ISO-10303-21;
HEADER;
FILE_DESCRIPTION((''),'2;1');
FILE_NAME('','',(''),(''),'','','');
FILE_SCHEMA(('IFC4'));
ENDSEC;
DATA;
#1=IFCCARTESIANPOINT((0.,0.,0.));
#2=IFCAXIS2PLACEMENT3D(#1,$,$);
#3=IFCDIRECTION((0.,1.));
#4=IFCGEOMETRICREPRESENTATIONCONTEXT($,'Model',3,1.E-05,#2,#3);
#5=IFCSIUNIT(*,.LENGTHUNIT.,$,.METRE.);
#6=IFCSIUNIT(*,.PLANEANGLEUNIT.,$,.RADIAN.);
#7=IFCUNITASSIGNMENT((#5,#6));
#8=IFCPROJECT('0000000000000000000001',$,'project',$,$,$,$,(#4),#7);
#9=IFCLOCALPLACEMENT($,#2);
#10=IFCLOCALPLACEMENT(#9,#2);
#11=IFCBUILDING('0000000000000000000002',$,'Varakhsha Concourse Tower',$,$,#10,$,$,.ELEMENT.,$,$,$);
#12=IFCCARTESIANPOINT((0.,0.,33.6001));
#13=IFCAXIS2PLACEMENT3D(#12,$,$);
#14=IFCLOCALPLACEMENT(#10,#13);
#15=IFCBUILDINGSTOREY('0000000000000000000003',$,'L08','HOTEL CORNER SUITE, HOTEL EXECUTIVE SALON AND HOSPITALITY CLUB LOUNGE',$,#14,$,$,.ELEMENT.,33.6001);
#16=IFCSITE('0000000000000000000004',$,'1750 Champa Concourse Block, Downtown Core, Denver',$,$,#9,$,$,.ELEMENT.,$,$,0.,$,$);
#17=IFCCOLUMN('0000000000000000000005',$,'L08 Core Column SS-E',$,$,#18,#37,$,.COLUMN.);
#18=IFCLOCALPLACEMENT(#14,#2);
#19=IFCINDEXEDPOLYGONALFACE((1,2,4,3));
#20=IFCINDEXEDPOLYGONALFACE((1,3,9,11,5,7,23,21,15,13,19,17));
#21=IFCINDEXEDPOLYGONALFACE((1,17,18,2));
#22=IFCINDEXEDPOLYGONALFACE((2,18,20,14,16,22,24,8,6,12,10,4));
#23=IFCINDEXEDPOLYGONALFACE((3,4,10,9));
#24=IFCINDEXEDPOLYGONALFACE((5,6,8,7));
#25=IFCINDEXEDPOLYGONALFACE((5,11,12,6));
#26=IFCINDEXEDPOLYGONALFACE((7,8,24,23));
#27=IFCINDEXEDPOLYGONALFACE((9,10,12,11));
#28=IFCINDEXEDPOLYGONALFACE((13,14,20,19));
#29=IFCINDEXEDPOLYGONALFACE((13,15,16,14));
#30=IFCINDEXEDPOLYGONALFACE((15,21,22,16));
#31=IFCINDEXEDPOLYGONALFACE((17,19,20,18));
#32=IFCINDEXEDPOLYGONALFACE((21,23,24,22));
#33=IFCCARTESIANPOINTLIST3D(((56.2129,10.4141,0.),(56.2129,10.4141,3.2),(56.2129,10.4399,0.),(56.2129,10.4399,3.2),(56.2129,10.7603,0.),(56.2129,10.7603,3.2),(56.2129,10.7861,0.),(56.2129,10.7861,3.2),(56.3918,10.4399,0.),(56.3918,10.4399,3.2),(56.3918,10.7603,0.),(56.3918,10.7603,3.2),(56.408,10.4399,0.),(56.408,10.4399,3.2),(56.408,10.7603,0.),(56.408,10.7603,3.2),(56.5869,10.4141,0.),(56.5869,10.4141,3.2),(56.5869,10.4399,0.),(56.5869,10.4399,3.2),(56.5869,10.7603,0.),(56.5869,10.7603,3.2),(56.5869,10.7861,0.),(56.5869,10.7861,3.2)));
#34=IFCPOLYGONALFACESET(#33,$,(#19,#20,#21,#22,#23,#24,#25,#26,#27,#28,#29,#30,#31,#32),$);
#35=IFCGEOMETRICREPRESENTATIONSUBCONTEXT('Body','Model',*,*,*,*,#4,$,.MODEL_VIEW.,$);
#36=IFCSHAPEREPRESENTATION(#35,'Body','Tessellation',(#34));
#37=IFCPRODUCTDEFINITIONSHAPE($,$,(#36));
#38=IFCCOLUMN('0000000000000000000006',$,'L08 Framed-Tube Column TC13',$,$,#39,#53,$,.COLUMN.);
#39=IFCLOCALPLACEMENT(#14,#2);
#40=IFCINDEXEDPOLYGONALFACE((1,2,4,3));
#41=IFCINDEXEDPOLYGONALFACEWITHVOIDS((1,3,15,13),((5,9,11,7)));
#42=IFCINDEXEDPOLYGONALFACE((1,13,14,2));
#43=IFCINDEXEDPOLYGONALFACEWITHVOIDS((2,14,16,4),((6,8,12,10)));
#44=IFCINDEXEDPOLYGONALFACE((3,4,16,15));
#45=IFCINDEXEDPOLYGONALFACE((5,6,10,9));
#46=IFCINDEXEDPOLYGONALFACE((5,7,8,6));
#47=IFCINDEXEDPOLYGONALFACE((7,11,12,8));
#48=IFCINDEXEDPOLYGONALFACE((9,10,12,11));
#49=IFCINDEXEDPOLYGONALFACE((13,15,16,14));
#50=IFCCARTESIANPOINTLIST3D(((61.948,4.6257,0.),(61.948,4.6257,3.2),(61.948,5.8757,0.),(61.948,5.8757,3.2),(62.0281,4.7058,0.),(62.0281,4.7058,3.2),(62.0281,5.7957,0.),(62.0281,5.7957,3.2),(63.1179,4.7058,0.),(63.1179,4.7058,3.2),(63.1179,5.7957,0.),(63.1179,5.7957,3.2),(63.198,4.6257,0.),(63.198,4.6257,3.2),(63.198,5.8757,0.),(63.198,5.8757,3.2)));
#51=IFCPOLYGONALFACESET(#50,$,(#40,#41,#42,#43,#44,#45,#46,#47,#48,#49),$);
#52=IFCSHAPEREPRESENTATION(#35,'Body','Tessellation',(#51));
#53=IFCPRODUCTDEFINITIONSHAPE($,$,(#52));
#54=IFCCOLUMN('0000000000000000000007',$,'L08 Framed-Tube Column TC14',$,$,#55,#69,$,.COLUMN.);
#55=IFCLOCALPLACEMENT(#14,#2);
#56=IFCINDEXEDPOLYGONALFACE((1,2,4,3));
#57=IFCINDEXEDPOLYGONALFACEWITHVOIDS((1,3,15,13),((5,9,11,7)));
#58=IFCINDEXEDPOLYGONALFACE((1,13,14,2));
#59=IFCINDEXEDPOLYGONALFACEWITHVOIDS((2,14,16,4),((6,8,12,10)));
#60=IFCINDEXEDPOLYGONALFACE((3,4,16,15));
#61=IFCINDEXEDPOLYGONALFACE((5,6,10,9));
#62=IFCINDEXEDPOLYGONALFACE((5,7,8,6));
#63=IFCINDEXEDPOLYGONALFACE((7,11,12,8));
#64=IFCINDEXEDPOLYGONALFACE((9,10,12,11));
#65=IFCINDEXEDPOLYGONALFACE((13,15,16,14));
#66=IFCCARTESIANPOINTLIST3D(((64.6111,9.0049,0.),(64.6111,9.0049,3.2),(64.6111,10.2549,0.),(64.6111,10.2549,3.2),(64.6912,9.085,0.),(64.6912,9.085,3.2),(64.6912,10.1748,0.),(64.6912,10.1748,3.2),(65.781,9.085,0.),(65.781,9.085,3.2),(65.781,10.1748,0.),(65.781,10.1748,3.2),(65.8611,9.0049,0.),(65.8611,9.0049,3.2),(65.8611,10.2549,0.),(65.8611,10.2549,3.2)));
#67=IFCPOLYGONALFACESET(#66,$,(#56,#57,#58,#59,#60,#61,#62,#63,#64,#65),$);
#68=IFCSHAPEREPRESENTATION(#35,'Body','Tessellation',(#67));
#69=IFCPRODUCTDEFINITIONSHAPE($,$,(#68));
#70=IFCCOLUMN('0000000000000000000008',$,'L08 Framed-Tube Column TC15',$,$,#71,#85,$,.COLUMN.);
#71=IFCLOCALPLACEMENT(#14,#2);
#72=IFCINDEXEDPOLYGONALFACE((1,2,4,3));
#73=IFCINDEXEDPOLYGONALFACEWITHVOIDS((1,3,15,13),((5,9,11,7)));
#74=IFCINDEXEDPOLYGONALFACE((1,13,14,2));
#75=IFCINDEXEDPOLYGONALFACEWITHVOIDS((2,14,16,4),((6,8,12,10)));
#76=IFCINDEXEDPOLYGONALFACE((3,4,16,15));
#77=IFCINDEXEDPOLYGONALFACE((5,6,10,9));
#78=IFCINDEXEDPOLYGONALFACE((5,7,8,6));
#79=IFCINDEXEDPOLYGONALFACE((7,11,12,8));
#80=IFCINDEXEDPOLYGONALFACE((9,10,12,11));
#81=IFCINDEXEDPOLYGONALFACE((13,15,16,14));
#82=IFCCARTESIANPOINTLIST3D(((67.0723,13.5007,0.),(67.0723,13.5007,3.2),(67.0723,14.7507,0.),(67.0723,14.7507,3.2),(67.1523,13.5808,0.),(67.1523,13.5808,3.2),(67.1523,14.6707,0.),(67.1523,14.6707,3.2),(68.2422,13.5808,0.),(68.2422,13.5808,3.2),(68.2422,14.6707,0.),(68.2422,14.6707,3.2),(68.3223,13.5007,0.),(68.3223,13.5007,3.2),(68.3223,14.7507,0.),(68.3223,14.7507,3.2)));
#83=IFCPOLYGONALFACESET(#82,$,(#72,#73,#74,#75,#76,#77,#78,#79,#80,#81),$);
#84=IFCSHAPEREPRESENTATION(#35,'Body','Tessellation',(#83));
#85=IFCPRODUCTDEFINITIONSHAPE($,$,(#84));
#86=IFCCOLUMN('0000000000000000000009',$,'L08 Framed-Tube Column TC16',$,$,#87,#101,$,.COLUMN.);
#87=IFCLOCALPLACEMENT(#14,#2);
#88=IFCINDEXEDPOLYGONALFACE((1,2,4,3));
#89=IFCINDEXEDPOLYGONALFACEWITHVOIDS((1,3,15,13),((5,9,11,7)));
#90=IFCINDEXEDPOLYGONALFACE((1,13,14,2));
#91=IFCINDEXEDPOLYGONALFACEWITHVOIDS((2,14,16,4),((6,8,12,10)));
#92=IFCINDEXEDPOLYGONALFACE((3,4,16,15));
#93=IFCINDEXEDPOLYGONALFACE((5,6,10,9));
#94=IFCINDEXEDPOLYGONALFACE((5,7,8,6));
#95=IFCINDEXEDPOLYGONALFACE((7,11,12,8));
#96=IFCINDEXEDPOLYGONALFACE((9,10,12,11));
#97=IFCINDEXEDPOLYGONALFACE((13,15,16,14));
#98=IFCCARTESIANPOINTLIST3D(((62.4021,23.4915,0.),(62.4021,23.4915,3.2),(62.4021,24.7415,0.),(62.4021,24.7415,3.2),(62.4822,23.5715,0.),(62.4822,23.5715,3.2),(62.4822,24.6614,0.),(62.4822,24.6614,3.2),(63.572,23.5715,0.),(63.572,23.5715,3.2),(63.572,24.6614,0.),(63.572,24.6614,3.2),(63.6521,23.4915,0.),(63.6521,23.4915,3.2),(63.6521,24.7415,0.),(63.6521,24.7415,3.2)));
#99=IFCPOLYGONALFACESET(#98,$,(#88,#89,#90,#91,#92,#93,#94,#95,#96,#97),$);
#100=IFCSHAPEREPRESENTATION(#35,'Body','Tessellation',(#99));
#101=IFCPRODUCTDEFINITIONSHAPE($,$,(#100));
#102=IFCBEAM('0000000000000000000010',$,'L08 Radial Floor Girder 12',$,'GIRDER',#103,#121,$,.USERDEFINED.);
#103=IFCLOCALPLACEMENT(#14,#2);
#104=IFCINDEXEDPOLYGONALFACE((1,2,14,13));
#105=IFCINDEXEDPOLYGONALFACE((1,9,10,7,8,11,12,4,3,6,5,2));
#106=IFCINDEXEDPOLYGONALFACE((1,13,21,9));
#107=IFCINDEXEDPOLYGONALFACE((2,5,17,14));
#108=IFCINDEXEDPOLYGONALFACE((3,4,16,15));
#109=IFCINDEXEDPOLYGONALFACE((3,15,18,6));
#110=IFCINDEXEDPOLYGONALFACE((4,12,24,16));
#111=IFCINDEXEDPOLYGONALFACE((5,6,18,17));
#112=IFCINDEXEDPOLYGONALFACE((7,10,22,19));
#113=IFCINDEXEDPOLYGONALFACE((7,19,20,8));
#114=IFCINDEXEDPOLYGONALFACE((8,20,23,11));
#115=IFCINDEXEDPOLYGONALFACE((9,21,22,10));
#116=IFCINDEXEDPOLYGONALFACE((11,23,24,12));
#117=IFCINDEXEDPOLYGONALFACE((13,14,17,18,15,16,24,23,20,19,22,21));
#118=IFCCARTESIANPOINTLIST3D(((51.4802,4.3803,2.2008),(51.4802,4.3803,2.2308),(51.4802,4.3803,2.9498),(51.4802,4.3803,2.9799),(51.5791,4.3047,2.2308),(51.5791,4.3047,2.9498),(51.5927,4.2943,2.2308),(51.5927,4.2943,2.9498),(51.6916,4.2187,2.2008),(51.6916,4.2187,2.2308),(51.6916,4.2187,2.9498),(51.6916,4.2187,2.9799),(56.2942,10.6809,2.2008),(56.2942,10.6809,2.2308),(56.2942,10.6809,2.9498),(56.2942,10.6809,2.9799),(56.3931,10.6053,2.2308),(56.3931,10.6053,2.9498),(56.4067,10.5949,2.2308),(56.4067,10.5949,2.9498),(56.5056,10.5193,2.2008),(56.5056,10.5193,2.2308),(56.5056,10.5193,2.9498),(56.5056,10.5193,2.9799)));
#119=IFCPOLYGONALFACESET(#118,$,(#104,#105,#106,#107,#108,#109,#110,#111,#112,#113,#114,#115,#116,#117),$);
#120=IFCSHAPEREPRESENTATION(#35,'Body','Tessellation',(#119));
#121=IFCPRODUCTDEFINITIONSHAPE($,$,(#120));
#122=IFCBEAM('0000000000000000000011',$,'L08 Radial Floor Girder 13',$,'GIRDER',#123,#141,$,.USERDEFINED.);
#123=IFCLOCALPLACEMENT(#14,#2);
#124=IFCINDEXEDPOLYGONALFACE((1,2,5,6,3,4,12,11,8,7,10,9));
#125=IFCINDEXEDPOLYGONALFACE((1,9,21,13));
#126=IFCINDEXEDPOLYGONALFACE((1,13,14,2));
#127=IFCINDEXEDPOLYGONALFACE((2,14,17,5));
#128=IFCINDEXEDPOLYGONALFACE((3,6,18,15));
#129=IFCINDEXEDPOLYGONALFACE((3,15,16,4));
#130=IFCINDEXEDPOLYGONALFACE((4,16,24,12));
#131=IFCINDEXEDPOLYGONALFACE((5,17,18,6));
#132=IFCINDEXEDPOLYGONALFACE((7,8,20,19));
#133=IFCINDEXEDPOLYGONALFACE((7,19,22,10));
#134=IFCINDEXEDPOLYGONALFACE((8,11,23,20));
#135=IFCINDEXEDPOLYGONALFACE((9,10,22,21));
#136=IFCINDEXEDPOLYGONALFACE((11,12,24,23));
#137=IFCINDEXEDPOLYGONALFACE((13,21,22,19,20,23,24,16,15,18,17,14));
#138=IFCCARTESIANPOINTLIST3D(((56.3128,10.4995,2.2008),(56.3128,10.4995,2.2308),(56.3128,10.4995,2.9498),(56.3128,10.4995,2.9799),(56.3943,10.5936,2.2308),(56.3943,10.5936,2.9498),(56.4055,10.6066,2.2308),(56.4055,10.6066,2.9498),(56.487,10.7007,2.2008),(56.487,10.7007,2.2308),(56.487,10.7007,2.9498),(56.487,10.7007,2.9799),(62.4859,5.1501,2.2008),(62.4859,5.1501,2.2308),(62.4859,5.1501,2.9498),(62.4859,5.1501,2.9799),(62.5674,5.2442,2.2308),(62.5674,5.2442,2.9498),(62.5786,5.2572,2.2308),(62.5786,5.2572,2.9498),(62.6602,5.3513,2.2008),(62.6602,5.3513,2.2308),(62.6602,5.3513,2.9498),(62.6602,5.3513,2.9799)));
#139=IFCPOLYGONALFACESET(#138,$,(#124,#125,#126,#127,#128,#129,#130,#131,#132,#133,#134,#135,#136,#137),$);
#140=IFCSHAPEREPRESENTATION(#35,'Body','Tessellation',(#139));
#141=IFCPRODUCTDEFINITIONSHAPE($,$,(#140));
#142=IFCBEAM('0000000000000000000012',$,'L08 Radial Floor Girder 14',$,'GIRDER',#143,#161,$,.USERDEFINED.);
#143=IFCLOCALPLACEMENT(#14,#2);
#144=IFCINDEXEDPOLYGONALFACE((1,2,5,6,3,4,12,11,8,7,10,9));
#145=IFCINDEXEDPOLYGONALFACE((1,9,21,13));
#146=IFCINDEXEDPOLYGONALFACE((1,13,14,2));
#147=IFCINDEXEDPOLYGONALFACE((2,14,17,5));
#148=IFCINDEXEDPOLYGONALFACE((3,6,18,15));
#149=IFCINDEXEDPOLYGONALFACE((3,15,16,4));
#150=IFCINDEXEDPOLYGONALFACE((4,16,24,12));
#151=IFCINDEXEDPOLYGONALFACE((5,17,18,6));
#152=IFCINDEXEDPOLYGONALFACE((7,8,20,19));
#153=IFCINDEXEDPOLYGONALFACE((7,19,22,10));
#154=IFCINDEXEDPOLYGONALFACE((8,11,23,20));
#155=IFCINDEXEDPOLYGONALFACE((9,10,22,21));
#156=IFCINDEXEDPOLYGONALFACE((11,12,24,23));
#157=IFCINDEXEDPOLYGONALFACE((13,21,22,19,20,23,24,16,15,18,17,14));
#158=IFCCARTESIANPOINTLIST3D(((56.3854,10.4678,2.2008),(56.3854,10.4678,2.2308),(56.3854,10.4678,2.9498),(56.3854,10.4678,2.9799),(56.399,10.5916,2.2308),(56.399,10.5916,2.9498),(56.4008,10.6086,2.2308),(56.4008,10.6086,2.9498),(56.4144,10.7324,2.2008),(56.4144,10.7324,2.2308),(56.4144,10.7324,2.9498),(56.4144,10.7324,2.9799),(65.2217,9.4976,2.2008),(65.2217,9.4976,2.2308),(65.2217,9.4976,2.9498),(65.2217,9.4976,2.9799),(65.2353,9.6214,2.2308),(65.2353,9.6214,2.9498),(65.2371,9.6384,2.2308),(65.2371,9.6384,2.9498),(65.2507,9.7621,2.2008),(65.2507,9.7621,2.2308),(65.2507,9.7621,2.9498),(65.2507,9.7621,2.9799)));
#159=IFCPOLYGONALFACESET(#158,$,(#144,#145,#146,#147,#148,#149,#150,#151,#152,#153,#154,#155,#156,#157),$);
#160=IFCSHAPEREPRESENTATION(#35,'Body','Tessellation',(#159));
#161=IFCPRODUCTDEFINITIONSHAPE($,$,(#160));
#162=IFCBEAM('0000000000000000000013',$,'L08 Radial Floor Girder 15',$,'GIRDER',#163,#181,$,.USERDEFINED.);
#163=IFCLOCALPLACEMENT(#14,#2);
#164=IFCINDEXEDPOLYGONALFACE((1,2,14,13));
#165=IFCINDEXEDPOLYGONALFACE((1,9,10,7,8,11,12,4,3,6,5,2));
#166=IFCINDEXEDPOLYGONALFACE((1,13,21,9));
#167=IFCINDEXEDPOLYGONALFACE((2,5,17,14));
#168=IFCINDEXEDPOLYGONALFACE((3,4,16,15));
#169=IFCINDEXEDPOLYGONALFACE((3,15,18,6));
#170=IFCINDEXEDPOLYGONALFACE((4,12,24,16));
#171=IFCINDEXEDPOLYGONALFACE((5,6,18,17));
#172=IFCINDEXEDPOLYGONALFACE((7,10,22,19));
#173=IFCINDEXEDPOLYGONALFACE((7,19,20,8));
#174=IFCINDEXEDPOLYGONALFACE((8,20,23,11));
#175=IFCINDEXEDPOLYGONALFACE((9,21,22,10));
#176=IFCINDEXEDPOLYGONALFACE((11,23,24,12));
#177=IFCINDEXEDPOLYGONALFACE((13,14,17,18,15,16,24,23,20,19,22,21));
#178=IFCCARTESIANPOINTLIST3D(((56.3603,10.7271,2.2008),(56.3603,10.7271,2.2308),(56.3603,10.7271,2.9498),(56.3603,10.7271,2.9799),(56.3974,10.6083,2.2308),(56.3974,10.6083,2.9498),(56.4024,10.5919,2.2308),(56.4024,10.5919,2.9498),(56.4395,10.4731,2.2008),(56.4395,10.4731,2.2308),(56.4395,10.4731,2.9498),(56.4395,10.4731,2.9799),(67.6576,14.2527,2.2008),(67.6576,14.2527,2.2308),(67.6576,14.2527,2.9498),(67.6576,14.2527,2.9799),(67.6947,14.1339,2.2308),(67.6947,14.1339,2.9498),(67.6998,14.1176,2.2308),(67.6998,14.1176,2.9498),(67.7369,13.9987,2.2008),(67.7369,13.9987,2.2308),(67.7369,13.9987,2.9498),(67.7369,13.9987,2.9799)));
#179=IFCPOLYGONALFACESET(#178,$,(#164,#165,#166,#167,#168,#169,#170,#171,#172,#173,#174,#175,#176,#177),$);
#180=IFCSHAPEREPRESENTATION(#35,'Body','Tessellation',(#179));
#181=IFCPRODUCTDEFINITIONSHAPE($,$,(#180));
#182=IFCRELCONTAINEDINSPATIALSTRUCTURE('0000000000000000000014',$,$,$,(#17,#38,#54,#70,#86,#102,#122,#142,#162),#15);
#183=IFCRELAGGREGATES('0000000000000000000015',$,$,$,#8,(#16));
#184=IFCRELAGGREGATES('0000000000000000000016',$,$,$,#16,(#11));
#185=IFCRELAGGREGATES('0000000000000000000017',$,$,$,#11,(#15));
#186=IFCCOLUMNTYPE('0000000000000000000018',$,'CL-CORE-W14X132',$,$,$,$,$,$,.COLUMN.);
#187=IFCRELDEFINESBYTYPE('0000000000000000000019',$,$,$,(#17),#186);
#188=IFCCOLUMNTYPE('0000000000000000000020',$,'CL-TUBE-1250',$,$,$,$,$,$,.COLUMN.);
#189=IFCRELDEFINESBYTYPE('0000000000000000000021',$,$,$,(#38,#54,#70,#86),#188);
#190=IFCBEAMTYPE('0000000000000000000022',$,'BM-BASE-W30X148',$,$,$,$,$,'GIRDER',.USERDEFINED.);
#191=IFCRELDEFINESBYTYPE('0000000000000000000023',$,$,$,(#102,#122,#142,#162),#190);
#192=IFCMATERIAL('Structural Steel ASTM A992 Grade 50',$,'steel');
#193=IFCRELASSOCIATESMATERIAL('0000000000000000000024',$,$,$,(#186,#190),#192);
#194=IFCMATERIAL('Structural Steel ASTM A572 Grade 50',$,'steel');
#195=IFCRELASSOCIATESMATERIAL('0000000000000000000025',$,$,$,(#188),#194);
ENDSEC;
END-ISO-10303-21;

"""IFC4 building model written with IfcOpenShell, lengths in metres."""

from ifc_helpers import new_model, si_unit, direction, frame, origin, origin_2d, place, context, subcontext, project, spatial, hollow_rectangle, i_section, extrude, material, material_profile, profile_set, type_object, element, save


model = new_model("IFC4")

# Units and contexts
model_context = context("Model", 3, precision=1e-05, world=origin(), true_north=direction((0.0, 1.0)))
body_context = subcontext(model_context, "Body", "Model", "MODEL_VIEW")
ifc_project = project(units=[si_unit("LENGTHUNIT", "METRE"), si_unit("PLANEANGLEUNIT", "RADIAN")], contexts=[model_context])

# Site, building, storey
site_placement = place(None, origin())
site = spatial("IfcSite", under=ifc_project, at=site_placement, Name="1750 Champa Concourse Block, Downtown Core, Denver", CompositionType="ELEMENT", RefElevation=0.0)
building_placement = place(site_placement, origin())
building = spatial("IfcBuilding", under=site, at=building_placement, Name="Varakhsha Concourse Tower", CompositionType="ELEMENT")
storey_placement = place(building_placement, frame((0.0, 0.0, 33.6001)))
storey = spatial("IfcBuildingStorey", under=building, at=storey_placement, Name="L08", Description="HOTEL CORNER SUITE, HOTEL EXECUTIVE SALON AND HOSPITALITY CLUB LOUNGE", CompositionType="ELEMENT", Elevation=33.6001)

# Columns
ifc_material_1 = material(Name="Structural Steel ASTM A992 Grade 50", Category="steel")
ifc_material_profile_1 = material_profile(ifc_material_1, i_section(OverallWidth=0.374, OverallDepth=0.3721, WebThickness=0.0161, FlangeThickness=0.0259, at=origin_2d()), Name="W14X132")
ifc_profile_set_1 = profile_set([ifc_material_profile_1], Name="Structural Steel ASTM A992 Grade 50")
column_type_1 = type_object("IfcColumnType", Name="CL-CORE-W14X132", PredefinedType="COLUMN", material=ifc_profile_set_1)
column_placement = place(storey_placement, frame((56.3999, 10.6001, 0.0), z_axis=(0.0, 0.0, 1.0), x_axis=(1.0, 0.0, 0.0)))
element("IfcColumn", 1, at=column_placement, inside=storey, type_object=column_type_1, Name="L08 Core Column SS-E", PredefinedType="COLUMN", context=body_context, shape_type="SweptSolid", body=[
    extrude(i_section(OverallWidth=0.374, OverallDepth=0.3721, WebThickness=0.0161, FlangeThickness=0.0259, at=origin_2d()), origin(), (0.0, 0.0, 1.0), 3.2),
])
ifc_material_2 = material(Name="Structural Steel ASTM A572 Grade 50", Category="steel")
ifc_material_profile_2 = material_profile(ifc_material_2, hollow_rectangle(XDim=1.25, YDim=1.25, WallThickness=0.0801, at=origin_2d()), Name="BOX 1250x1250x80")
ifc_profile_set_2 = profile_set([ifc_material_profile_2], Name="Structural Steel ASTM A572 Grade 50")
column_type_2 = type_object("IfcColumnType", Name="CL-TUBE-1250", PredefinedType="COLUMN", material=ifc_profile_set_2)
for number, where, z_axis, x_axis, name in (
    (2, (62.573, 5.2507, 0.0), (0.0, 0.0, 1.0), (1.0, 0.0, 0.0), "L08 Framed-Tube Column TC13"),
    (3, (65.2361, 9.6299, 0.0), (0.0, 0.0, 1.0), (1.0, 0.0, 0.0), "L08 Framed-Tube Column TC14"),
    (4, (67.6973, 14.1257, 0.0), (0.0, 0.0, 1.0), (1.0, 0.0, 0.0), "L08 Framed-Tube Column TC15"),
    (5, (63.0271, 24.1165, 0.0), (0.0, 0.0, 1.0), (1.0, 0.0, 0.0), "L08 Framed-Tube Column TC16"),
):
    element("IfcColumn", number, at=place(storey_placement, frame(where, z_axis=z_axis, x_axis=x_axis)), inside=storey, type_object=column_type_2, Name=name, PredefinedType="COLUMN", context=body_context, shape_type="SweptSolid", body=[
        extrude(hollow_rectangle(XDim=1.25, YDim=1.25, WallThickness=0.0801, at=origin_2d()), origin(), (0.0, 0.0, 1.0), 3.2),
    ])

# Beams
ifc_material_profile_3 = material_profile(ifc_material_1, i_section(OverallWidth=0.2661, OverallDepth=0.7791, WebThickness=0.0171, FlangeThickness=0.03, at=origin_2d()), Name="W30X148")
ifc_profile_set_3 = profile_set([ifc_material_profile_3], Name="Structural Steel ASTM A992 Grade 50")
beam_type_1 = type_object("IfcBeamType", Name="BM-BASE-W30X148", ElementType="GIRDER", PredefinedType="USERDEFINED", material=ifc_profile_set_3)
beam_1_placement = place(storey_placement, frame((56.3999, 10.6001, 2.5903), z_axis=(-0.607124, -0.794607, 0.0), x_axis=(0.794607, -0.607124, 0.0)))
element("IfcBeam", 6, at=beam_1_placement, inside=storey, type_object=beam_type_1, Name="L08 Radial Floor Girder 12", ObjectType="GIRDER", PredefinedType="USERDEFINED", context=body_context, shape_type="SweptSolid", body=[
    extrude(i_section(OverallWidth=0.2661, OverallDepth=0.7791, WebThickness=0.0171, FlangeThickness=0.03, at=origin_2d()), origin(), (0.0, 0.0, 1.0), 7.9292),
])
beam_2_placement = place(storey_placement, frame((56.3999, 10.6001, 2.5903), z_axis=(0.755729, -0.654885, 0.0), x_axis=(0.654885, 0.755729, 0.0)))
element("IfcBeam", 7, at=beam_2_placement, inside=storey, type_object=beam_type_1, Name="L08 Radial Floor Girder 13", ObjectType="GIRDER", PredefinedType="USERDEFINED", context=body_context, shape_type="SweptSolid", body=[
    extrude(i_section(OverallWidth=0.2661, OverallDepth=0.7791, WebThickness=0.0171, FlangeThickness=0.03, at=origin_2d()), origin(), (0.0, 0.0, 1.0), 8.1685),
])
beam_3_placement = place(storey_placement, frame((56.3999, 10.6001, 2.5903), z_axis=(0.994026, -0.109144, 0.0), x_axis=(0.109144, 0.994026, 0.0)))
element("IfcBeam", 8, at=beam_3_placement, inside=storey, type_object=beam_type_1, Name="L08 Radial Floor Girder 14", ObjectType="GIRDER", PredefinedType="USERDEFINED", context=body_context, shape_type="SweptSolid", body=[
    extrude(i_section(OverallWidth=0.2661, OverallDepth=0.7791, WebThickness=0.0171, FlangeThickness=0.03, at=origin_2d()), origin(), (0.0, 0.0, 1.0), 8.8894),
])
beam_4_placement = place(storey_placement, frame((56.3999, 10.6001, 2.5903), z_axis=(0.954595, 0.297906, 0.0), x_axis=(-0.297906, 0.954595, 0.0)))
element("IfcBeam", 9, at=beam_4_placement, inside=storey, type_object=beam_type_1, Name="L08 Radial Floor Girder 15", ObjectType="GIRDER", PredefinedType="USERDEFINED", context=body_context, shape_type="SweptSolid", body=[
    extrude(i_section(OverallWidth=0.2661, OverallDepth=0.7791, WebThickness=0.0171, FlangeThickness=0.03, at=origin_2d()), origin(), (0.0, 0.0, 1.0), 11.8347),
])

save(model, "model.ifc")
